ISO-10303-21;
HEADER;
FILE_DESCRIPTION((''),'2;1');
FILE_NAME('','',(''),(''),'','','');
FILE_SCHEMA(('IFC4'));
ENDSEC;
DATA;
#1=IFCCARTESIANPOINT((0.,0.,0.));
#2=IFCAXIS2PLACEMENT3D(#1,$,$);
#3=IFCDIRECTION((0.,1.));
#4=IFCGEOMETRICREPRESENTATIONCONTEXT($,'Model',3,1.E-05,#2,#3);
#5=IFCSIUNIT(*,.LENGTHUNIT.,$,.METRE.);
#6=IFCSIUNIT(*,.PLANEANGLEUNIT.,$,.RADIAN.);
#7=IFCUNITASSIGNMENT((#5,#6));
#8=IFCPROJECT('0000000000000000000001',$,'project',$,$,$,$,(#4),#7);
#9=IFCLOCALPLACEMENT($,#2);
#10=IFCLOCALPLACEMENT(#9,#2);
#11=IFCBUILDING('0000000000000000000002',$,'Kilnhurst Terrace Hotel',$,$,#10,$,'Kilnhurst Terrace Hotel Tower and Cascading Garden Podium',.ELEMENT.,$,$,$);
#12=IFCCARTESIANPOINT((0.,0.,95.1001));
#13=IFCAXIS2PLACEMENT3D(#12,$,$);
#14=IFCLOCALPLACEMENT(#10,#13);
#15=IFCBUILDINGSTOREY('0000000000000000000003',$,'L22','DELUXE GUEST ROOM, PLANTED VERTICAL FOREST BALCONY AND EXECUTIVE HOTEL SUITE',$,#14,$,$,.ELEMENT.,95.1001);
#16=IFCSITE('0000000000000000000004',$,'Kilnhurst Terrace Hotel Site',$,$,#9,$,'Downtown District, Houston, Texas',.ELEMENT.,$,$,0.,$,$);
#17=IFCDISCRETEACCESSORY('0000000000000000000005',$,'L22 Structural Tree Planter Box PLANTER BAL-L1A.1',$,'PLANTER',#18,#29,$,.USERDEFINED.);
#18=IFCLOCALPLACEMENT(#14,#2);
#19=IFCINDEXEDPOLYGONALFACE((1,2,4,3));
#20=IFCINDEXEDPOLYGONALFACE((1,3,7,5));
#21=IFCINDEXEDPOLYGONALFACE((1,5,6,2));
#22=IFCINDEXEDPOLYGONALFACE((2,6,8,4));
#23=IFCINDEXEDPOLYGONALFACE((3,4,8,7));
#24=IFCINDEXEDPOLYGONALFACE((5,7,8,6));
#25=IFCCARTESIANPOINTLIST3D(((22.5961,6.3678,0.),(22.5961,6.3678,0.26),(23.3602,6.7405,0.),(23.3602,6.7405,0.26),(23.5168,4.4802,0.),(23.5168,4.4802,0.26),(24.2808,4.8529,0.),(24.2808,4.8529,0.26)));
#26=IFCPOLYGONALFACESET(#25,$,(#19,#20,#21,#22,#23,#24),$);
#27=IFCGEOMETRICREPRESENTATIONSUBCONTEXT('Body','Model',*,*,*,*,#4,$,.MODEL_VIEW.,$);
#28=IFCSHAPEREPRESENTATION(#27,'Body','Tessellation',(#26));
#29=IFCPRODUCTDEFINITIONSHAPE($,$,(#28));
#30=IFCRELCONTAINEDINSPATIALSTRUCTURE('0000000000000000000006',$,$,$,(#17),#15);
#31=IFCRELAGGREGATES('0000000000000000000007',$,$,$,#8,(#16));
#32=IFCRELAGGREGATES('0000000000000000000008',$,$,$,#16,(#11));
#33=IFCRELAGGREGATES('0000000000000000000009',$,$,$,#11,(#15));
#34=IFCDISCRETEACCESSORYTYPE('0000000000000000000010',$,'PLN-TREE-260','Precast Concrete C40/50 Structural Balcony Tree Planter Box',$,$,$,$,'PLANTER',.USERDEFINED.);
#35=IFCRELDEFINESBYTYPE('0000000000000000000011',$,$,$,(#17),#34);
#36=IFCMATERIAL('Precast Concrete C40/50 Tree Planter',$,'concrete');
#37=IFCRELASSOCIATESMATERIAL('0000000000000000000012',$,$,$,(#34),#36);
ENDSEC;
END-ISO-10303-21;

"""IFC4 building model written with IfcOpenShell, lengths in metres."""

from ifc_helpers import new_model, si_unit, direction, frame, origin, origin_2d, place, context, subcontext, project, spatial, rectangle, extrude, material, type_object, element, save


model = new_model("IFC4")

# Units and contexts
model_context = context("Model", 3, precision=1e-05, world=origin(), true_north=direction((0.0, 1.0)))
body_context = subcontext(model_context, "Body", "Model", "MODEL_VIEW")
ifc_project = project(units=[si_unit("LENGTHUNIT", "METRE"), si_unit("PLANEANGLEUNIT", "RADIAN")], contexts=[model_context])

# Site, building, storey
site_placement = place(None, origin())
site = spatial("IfcSite", under=ifc_project, at=site_placement, Name="Kilnhurst Terrace Hotel Site", LongName="Downtown District, Houston, Texas", CompositionType="ELEMENT", RefElevation=0.0)
building_placement = place(site_placement, origin())
building = spatial("IfcBuilding", under=site, at=building_placement, Name="Kilnhurst Terrace Hotel", LongName="Kilnhurst Terrace Hotel Tower and Cascading Garden Podium", CompositionType="ELEMENT")
storey_placement = place(building_placement, frame((0.0, 0.0, 95.1001)))
storey = spatial("IfcBuildingStorey", under=building, at=storey_placement, Name="L22", Description="DELUXE GUEST ROOM, PLANTED VERTICAL FOREST BALCONY AND EXECUTIVE HOTEL SUITE", CompositionType="ELEMENT", Elevation=95.1001)

# Discrete accessory
ifc_material_1 = material(Name="Precast Concrete C40/50 Tree Planter", Category="concrete")
discrete_accessory_type = type_object("IfcDiscreteAccessoryType", Name="PLN-TREE-260", Description="Precast Concrete C40/50 Structural Balcony Tree Planter Box", ElementType="PLANTER", PredefinedType="USERDEFINED", material=ifc_material_1)
discrete_accessory_placement = place(storey_placement, frame((23.4385, 5.6104, 0.0), z_axis=(0.0, 0.0, 1.0), x_axis=(-0.438387, 0.898786, 0.0)))
element("IfcDiscreteAccessory", 1, at=discrete_accessory_placement, inside=storey, type_object=discrete_accessory_type, Name="L22 Structural Tree Planter Box PLANTER BAL-L1A.1", ObjectType="PLANTER", PredefinedType="USERDEFINED", context=body_context, shape_type="SweptSolid", body=[
    extrude(rectangle(XDim=2.1001, YDim=0.8501, at=origin_2d()), origin(), (0.0, 0.0, 1.0), 0.26),
])

save(model, "model.ifc")
